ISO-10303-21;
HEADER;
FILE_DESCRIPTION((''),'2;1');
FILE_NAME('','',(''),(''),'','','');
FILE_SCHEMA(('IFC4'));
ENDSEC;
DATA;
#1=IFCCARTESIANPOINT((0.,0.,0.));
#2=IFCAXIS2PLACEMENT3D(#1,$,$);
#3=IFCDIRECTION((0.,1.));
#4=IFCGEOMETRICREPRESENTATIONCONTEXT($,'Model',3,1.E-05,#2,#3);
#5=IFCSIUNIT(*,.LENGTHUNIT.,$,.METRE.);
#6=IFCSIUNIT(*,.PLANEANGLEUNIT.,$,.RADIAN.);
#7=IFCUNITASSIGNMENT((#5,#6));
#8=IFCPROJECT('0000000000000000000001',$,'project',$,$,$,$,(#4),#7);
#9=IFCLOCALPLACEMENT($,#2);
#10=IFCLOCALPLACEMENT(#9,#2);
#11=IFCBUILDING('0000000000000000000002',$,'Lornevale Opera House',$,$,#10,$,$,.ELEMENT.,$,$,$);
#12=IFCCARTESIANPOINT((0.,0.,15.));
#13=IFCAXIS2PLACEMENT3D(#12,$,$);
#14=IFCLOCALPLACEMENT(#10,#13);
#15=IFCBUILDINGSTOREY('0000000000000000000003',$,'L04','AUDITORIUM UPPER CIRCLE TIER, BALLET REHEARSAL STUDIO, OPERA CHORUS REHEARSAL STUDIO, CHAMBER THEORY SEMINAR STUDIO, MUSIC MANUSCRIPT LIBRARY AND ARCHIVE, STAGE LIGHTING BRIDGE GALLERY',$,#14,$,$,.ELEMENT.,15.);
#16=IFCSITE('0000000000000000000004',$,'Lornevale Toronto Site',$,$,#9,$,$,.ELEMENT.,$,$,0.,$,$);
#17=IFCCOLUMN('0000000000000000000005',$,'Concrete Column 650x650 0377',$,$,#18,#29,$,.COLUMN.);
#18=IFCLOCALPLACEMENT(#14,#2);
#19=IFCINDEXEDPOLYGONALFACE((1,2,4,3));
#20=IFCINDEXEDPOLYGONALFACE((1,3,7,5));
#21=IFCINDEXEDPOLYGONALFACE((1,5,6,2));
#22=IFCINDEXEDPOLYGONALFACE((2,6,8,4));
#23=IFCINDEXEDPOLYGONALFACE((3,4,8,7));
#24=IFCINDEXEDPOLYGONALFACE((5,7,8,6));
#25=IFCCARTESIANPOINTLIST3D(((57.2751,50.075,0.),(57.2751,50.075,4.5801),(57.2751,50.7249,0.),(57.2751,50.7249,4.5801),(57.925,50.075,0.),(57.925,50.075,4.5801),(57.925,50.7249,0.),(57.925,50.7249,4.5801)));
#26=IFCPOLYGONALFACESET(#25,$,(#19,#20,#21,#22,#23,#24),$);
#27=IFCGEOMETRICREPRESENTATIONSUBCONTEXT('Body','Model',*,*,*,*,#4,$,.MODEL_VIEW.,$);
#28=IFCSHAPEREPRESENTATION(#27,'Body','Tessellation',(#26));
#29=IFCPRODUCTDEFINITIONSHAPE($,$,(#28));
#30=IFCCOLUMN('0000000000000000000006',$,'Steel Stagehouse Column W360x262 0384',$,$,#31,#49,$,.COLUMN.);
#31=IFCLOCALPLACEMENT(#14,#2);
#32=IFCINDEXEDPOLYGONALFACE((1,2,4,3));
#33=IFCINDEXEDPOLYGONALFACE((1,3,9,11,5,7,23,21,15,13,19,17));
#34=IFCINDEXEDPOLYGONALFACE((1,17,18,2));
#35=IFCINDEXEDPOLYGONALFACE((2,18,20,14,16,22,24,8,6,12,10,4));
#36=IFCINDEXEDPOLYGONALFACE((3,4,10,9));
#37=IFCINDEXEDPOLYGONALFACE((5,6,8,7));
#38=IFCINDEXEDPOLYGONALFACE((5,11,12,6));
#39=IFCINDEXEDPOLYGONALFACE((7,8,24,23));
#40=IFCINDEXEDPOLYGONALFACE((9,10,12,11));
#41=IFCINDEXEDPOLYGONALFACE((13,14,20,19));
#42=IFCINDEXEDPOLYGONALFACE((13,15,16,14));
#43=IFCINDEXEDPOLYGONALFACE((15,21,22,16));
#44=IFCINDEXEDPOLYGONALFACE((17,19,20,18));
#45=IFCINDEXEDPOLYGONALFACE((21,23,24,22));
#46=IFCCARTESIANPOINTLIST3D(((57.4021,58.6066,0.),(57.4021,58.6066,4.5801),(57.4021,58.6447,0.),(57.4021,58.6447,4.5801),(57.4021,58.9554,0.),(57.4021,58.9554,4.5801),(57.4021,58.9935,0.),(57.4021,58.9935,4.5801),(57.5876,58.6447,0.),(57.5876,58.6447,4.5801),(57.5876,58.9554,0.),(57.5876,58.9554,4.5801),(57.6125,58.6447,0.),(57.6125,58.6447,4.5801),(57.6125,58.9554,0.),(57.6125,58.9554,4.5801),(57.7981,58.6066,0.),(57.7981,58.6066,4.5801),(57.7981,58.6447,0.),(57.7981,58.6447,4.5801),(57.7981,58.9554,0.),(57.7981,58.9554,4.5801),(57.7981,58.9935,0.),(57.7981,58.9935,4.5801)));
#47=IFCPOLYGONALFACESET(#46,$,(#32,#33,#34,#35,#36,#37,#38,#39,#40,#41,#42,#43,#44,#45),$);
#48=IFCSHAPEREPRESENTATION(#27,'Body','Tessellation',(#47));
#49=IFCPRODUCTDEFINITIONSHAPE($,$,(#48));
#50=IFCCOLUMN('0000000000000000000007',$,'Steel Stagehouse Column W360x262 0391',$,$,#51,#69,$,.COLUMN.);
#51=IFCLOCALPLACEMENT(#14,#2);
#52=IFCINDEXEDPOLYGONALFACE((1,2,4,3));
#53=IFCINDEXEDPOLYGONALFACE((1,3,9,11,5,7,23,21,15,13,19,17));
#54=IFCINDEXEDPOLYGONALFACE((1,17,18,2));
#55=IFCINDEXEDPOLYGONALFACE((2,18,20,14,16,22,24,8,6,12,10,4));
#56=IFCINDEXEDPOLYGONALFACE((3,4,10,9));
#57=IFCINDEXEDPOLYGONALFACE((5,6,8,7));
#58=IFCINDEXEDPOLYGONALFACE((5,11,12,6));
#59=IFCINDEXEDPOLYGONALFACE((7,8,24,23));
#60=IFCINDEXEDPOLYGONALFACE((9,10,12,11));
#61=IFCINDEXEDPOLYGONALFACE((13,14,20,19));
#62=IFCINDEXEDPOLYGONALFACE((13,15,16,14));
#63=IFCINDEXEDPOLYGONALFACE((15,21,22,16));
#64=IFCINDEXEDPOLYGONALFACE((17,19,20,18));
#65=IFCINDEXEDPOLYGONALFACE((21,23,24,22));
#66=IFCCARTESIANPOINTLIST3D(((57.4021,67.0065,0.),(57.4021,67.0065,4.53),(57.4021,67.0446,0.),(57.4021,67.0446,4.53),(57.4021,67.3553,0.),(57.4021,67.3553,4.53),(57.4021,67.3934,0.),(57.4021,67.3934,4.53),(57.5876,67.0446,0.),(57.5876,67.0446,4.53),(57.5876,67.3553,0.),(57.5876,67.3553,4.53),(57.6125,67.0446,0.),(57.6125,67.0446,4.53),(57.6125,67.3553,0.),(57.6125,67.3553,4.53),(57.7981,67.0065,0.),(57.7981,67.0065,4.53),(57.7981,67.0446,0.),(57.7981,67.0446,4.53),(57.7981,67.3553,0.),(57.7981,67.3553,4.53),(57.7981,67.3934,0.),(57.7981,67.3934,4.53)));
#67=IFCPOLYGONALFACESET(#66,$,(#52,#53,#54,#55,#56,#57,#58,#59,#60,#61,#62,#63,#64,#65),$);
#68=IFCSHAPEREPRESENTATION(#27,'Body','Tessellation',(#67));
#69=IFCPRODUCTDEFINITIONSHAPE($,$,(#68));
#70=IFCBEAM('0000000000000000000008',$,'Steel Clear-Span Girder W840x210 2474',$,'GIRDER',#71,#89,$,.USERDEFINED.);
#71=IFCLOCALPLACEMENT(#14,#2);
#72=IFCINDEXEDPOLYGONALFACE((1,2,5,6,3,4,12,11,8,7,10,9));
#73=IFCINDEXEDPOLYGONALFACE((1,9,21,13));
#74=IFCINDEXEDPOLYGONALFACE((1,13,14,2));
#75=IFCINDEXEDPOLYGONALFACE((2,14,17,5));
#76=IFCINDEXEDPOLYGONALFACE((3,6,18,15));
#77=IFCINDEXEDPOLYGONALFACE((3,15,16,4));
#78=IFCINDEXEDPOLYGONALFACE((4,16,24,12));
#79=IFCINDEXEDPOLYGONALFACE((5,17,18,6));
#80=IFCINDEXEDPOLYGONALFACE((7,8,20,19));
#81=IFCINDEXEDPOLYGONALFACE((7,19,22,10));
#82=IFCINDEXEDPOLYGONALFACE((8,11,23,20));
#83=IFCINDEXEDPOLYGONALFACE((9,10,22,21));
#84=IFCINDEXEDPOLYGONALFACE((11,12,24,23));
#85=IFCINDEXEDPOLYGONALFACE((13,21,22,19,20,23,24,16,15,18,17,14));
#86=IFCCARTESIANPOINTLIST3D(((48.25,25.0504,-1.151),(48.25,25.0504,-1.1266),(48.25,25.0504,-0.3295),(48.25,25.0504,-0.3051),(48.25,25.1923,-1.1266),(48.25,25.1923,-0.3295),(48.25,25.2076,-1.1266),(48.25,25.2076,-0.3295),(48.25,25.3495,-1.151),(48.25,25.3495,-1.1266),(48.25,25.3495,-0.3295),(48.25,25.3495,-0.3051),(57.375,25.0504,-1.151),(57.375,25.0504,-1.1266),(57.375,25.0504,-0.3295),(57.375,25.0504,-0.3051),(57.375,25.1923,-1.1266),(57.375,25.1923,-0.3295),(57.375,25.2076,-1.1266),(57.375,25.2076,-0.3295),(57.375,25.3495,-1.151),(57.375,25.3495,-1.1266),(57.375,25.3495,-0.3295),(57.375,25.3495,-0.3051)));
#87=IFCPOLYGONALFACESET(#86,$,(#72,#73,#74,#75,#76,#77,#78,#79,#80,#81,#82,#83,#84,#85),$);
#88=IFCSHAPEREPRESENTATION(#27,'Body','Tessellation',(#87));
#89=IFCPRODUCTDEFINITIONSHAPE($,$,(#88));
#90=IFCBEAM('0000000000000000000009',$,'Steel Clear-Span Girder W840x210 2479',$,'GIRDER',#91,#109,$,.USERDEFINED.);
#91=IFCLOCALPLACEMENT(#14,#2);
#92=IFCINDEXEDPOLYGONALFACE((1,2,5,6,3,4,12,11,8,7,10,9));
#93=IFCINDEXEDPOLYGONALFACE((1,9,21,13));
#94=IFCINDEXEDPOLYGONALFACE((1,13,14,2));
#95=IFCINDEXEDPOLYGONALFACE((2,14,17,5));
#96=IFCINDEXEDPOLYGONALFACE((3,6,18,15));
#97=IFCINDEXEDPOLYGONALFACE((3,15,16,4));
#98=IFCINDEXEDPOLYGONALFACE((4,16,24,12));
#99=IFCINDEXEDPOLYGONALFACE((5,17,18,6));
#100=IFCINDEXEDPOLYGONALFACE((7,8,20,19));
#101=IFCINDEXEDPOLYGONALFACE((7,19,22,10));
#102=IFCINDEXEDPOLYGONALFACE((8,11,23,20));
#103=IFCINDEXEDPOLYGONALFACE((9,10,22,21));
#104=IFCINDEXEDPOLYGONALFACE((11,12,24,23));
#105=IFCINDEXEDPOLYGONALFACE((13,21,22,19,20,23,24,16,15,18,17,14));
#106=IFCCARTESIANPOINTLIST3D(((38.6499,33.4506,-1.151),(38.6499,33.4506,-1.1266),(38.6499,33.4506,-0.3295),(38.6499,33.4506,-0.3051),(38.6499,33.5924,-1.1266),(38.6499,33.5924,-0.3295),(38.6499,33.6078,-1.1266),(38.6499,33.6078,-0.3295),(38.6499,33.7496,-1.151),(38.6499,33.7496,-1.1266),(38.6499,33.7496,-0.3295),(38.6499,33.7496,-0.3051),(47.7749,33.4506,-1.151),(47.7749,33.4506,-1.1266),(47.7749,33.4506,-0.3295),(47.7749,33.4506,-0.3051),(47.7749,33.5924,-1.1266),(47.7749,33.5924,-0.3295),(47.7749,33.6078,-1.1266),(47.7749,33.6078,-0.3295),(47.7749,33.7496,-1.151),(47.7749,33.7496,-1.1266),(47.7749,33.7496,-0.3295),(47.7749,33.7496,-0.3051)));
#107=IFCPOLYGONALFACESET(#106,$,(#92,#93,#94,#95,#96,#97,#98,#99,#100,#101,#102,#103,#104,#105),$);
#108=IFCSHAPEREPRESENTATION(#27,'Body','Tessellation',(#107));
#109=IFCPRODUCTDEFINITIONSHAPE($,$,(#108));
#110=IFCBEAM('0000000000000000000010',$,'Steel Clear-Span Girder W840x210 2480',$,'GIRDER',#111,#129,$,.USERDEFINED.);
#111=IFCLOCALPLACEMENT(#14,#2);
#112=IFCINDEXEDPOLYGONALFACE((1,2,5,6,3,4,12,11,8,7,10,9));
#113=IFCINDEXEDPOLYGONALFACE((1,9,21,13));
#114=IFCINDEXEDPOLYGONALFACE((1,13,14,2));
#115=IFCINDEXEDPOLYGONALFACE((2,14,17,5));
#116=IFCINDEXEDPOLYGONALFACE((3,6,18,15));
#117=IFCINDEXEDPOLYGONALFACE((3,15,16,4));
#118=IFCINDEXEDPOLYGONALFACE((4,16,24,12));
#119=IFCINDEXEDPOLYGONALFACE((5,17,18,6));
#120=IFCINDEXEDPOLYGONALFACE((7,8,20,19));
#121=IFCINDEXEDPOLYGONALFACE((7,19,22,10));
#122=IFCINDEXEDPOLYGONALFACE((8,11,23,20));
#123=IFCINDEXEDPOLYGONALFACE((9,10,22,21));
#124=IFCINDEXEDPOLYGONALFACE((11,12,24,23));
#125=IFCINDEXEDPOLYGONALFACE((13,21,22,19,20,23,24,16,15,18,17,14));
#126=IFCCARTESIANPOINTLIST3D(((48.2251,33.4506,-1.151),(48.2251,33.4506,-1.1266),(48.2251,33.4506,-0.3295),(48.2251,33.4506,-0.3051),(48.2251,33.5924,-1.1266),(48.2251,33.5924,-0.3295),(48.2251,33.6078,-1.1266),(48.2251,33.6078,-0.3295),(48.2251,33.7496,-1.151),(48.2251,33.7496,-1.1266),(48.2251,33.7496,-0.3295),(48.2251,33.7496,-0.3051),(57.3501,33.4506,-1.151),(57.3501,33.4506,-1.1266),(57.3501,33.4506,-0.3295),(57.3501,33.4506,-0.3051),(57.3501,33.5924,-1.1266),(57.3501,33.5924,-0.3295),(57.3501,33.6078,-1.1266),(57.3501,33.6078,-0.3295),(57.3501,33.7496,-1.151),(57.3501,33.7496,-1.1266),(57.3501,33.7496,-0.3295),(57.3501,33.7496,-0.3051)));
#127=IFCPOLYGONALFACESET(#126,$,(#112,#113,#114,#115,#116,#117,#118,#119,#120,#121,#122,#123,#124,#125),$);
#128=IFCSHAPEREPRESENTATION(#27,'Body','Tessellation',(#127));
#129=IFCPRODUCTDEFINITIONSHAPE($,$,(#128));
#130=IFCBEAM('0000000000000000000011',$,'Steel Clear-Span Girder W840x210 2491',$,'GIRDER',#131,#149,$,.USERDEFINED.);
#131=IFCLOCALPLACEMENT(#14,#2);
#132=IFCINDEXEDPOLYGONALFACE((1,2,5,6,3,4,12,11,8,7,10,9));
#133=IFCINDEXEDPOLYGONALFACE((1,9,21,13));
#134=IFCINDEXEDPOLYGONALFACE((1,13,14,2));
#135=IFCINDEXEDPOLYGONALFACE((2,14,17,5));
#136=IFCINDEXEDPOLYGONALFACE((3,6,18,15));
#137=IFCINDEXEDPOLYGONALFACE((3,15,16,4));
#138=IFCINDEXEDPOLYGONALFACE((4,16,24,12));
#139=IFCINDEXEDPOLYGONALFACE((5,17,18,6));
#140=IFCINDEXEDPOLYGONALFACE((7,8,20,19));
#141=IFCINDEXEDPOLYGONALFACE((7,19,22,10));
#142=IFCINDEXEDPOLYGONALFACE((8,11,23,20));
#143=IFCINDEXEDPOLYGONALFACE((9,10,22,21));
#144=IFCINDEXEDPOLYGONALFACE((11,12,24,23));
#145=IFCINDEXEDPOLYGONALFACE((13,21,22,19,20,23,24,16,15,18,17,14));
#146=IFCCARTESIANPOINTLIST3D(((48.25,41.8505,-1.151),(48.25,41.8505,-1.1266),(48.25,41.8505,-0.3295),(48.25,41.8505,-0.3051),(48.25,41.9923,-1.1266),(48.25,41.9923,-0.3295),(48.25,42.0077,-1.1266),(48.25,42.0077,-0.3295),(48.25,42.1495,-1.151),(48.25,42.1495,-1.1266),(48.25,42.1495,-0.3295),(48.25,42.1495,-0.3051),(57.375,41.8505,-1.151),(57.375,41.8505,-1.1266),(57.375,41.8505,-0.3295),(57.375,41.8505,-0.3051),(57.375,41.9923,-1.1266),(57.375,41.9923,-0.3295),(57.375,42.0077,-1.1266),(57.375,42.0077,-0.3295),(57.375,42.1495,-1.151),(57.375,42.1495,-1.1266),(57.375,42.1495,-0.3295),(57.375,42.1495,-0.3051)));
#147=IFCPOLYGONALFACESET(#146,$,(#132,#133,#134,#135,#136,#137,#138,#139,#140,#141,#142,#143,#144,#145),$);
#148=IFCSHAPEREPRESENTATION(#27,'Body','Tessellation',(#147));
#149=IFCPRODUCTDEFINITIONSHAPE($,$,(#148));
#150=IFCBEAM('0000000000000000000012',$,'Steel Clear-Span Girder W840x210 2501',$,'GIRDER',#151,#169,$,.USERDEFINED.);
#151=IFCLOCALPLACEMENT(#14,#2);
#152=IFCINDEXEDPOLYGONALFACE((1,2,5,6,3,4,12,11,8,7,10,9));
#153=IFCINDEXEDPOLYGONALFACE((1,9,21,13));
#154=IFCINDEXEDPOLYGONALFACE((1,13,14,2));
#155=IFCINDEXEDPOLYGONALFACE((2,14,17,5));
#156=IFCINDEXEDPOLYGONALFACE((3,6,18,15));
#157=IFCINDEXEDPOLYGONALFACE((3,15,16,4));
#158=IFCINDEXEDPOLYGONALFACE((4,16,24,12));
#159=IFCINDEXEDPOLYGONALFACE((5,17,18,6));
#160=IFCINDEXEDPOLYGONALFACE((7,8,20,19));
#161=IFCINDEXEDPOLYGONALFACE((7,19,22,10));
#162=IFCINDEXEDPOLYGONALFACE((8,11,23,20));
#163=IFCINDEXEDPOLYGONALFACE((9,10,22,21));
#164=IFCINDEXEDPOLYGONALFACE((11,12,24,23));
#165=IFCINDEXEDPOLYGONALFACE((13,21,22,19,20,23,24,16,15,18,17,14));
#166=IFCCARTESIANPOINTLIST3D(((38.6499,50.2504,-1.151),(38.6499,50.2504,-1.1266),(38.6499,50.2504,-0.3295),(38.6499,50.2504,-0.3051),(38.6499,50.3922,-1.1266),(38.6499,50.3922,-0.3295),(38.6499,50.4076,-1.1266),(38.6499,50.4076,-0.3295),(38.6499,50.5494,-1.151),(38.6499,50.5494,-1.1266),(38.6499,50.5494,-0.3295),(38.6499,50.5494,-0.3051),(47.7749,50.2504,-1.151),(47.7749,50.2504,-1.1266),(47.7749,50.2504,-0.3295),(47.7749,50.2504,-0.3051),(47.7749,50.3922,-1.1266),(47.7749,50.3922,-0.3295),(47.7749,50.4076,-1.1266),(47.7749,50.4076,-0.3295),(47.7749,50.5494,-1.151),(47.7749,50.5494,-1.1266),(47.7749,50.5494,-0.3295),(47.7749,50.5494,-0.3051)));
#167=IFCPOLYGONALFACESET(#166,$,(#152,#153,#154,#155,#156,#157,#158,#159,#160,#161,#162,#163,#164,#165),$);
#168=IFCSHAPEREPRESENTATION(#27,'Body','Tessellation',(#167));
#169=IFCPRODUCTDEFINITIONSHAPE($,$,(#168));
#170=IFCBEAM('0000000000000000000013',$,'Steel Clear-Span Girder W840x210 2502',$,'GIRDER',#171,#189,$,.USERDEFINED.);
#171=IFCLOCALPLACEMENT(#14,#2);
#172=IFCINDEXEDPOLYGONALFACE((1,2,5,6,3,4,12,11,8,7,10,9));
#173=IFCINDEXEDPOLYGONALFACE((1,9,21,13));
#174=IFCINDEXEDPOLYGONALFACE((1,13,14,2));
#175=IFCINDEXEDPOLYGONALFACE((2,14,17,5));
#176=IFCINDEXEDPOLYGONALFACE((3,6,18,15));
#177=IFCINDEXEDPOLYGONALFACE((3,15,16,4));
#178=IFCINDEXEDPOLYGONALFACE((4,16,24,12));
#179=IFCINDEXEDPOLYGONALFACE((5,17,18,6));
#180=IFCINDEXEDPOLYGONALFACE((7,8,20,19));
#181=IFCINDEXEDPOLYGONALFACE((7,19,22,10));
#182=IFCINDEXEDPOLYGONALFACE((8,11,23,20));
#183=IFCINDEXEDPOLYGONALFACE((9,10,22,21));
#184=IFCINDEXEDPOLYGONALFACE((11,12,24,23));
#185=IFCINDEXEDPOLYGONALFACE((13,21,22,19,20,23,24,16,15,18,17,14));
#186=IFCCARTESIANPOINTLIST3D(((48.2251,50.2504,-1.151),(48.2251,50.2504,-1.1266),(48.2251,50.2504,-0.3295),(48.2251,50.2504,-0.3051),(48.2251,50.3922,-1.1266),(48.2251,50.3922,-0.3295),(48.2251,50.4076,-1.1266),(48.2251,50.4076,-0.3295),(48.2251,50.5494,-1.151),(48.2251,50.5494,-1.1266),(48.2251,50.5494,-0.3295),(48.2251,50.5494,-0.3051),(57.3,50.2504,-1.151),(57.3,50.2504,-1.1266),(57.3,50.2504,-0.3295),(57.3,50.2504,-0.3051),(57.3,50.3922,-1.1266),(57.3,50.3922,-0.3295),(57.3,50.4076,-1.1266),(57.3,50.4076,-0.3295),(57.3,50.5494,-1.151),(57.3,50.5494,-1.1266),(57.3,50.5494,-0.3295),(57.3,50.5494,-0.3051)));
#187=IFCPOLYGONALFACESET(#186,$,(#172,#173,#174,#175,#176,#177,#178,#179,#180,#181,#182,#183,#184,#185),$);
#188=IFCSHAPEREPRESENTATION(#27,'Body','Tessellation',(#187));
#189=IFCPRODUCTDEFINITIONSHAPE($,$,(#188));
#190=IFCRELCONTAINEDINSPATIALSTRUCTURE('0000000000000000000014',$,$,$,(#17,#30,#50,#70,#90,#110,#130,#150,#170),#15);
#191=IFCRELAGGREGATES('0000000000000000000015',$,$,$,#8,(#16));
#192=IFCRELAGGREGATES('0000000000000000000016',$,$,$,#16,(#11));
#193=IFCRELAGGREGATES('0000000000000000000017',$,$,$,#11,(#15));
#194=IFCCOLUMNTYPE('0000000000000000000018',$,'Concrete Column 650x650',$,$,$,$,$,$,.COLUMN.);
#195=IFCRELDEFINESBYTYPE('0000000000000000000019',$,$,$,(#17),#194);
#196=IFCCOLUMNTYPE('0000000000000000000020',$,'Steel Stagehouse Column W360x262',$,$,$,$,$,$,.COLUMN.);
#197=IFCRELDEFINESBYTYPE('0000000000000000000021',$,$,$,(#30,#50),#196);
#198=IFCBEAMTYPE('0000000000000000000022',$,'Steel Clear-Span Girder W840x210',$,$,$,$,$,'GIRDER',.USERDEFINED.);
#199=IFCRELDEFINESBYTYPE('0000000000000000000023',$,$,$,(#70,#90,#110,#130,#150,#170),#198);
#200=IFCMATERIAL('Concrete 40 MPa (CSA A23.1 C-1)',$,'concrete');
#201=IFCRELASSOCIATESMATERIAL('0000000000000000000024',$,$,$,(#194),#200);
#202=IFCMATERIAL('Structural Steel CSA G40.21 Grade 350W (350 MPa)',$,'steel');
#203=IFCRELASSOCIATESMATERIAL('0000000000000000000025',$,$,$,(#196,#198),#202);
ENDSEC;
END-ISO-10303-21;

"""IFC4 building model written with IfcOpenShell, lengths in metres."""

from ifc_helpers import new_model, si_unit, direction, frame, origin, origin_2d, place, context, subcontext, project, spatial, rectangle, i_section, extrude, material, material_profile, profile_set, type_object, element, save


model = new_model("IFC4")

# Units and contexts
model_context = context("Model", 3, precision=1e-05, world=origin(), true_north=direction((0.0, 1.0)))
body_context = subcontext(model_context, "Body", "Model", "MODEL_VIEW")
ifc_project = project(units=[si_unit("LENGTHUNIT", "METRE"), si_unit("PLANEANGLEUNIT", "RADIAN")], contexts=[model_context])

# Site, building, storey
site_placement = place(None, origin())
site = spatial("IfcSite", under=ifc_project, at=site_placement, Name="Lornevale Toronto Site", CompositionType="ELEMENT", RefElevation=0.0)
building_placement = place(site_placement, origin())
building = spatial("IfcBuilding", under=site, at=building_placement, Name="Lornevale Opera House", CompositionType="ELEMENT")
storey_placement = place(building_placement, frame((0.0, 0.0, 15.0)))
storey = spatial("IfcBuildingStorey", under=building, at=storey_placement, Name="L04", Description="AUDITORIUM UPPER CIRCLE TIER, BALLET REHEARSAL STUDIO, OPERA CHORUS REHEARSAL STUDIO, CHAMBER THEORY SEMINAR STUDIO, MUSIC MANUSCRIPT LIBRARY AND ARCHIVE, STAGE LIGHTING BRIDGE GALLERY", CompositionType="ELEMENT", Elevation=15.0)

# Columns
ifc_material_1 = material(Name="Concrete 40 MPa (CSA A23.1 C-1)", Category="concrete")
ifc_material_profile_1 = material_profile(ifc_material_1, rectangle(XDim=0.6499, YDim=0.6499, at=origin_2d()), Name="RC650x650")
ifc_profile_set_1 = profile_set([ifc_material_profile_1], Name="Concrete 40 MPa (CSA A23.1 C-1)")
column_type_1 = type_object("IfcColumnType", Name="Concrete Column 650x650", PredefinedType="COLUMN", material=ifc_profile_set_1)
column_1_placement = place(storey_placement, frame((57.6001, 50.3999, 0.0), z_axis=(0.0, 0.0, 1.0), x_axis=(1.0, 0.0, 0.0)))
element("IfcColumn", 1, at=column_1_placement, inside=storey, type_object=column_type_1, Name="Concrete Column 650x650 0377", PredefinedType="COLUMN", context=body_context, shape_type="SweptSolid", body=[
    extrude(rectangle(XDim=0.6499, YDim=0.6499, at=origin_2d()), origin(), (0.0, 0.0, 1.0), 4.5801),
])
ifc_material_2 = material(Name="Structural Steel CSA G40.21 Grade 350W (350 MPa)", Category="steel")
ifc_material_profile_2 = material_profile(ifc_material_2, i_section(OverallWidth=0.396, OverallDepth=0.387, WebThickness=0.0249, FlangeThickness=0.0381, at=origin_2d()), Name="W360x262")
ifc_profile_set_2 = profile_set([ifc_material_profile_2], Name="Structural Steel CSA G40.21 Grade 350W (350 MPa)")
column_type_2 = type_object("IfcColumnType", Name="Steel Stagehouse Column W360x262", PredefinedType="COLUMN", material=ifc_profile_set_2)
column_2_placement = place(storey_placement, frame((57.6001, 58.8, 0.0), z_axis=(0.0, 0.0, 1.0), x_axis=(1.0, 0.0, 0.0)))
element("IfcColumn", 2, at=column_2_placement, inside=storey, type_object=column_type_2, Name="Steel Stagehouse Column W360x262 0384", PredefinedType="COLUMN", context=body_context, shape_type="SweptSolid", body=[
    extrude(i_section(OverallWidth=0.396, OverallDepth=0.387, WebThickness=0.0249, FlangeThickness=0.0381, at=origin_2d()), origin(), (0.0, 0.0, 1.0), 4.5801),
])
column_3_placement = place(storey_placement, frame((57.6001, 67.2, 0.0), z_axis=(0.0, 0.0, 1.0), x_axis=(1.0, 0.0, 0.0)))
element("IfcColumn", 3, at=column_3_placement, inside=storey, type_object=column_type_2, Name="Steel Stagehouse Column W360x262 0391", PredefinedType="COLUMN", context=body_context, shape_type="SweptSolid", body=[
    extrude(i_section(OverallWidth=0.396, OverallDepth=0.387, WebThickness=0.0249, FlangeThickness=0.0381, at=origin_2d()), origin(), (0.0, 0.0, 1.0), 4.53),
])

# Beams
ifc_material_profile_3 = material_profile(ifc_material_2, i_section(OverallWidth=0.2991, OverallDepth=0.8459, WebThickness=0.0154, FlangeThickness=0.0244, at=origin_2d()), Name="W840x210")
ifc_profile_set_3 = profile_set([ifc_material_profile_3], Name="Structural Steel CSA G40.21 Grade 350W (350 MPa)")
beam_type_1 = type_object("IfcBeamType", Name="Steel Clear-Span Girder W840x210", ElementType="GIRDER", PredefinedType="USERDEFINED", material=ifc_profile_set_3)
for number, where, z_axis, x_axis, name in (
    (4, (48.25, 25.2, -0.728), (1.0, 0.0, 0.0), (0.0, 1.0, 0.0), "Steel Clear-Span Girder W840x210 2474"),
    (5, (38.6499, 33.6001, -0.728), (1.0, 0.0, 0.0), (0.0, 1.0, 0.0), "Steel Clear-Span Girder W840x210 2479"),
    (6, (48.2251, 33.6001, -0.728), (1.0, 0.0, 0.0), (0.0, 1.0, 0.0), "Steel Clear-Span Girder W840x210 2480"),
    (7, (48.25, 42.0, -0.728), (1.0, 0.0, 0.0), (0.0, 1.0, 0.0), "Steel Clear-Span Girder W840x210 2491"),
    (8, (38.6499, 50.3999, -0.728), (1.0, 0.0, 0.0), (0.0, 1.0, 0.0), "Steel Clear-Span Girder W840x210 2501"),
):
    element("IfcBeam", number, at=place(storey_placement, frame(where, z_axis=z_axis, x_axis=x_axis)), inside=storey, type_object=beam_type_1, Name=name, ObjectType="GIRDER", PredefinedType="USERDEFINED", context=body_context, shape_type="SweptSolid", body=[
        extrude(i_section(OverallWidth=0.2991, OverallDepth=0.8459, WebThickness=0.0154, FlangeThickness=0.0244, at=origin_2d()), origin(), (0.0, 0.0, 1.0), 9.125),
    ])
beam_1_placement = place(storey_placement, frame((48.2251, 50.3999, -0.728), z_axis=(1.0, 0.0, 0.0), x_axis=(0.0, 1.0, 0.0)))
element("IfcBeam", 9, at=beam_1_placement, inside=storey, type_object=beam_type_1, Name="Steel Clear-Span Girder W840x210 2502", ObjectType="GIRDER", PredefinedType="USERDEFINED", context=body_context, shape_type="SweptSolid", body=[
    extrude(i_section(OverallWidth=0.2991, OverallDepth=0.8459, WebThickness=0.0154, FlangeThickness=0.0244, at=origin_2d()), origin(), (0.0, 0.0, 1.0), 9.075),
])

save(model, "model.ifc")
